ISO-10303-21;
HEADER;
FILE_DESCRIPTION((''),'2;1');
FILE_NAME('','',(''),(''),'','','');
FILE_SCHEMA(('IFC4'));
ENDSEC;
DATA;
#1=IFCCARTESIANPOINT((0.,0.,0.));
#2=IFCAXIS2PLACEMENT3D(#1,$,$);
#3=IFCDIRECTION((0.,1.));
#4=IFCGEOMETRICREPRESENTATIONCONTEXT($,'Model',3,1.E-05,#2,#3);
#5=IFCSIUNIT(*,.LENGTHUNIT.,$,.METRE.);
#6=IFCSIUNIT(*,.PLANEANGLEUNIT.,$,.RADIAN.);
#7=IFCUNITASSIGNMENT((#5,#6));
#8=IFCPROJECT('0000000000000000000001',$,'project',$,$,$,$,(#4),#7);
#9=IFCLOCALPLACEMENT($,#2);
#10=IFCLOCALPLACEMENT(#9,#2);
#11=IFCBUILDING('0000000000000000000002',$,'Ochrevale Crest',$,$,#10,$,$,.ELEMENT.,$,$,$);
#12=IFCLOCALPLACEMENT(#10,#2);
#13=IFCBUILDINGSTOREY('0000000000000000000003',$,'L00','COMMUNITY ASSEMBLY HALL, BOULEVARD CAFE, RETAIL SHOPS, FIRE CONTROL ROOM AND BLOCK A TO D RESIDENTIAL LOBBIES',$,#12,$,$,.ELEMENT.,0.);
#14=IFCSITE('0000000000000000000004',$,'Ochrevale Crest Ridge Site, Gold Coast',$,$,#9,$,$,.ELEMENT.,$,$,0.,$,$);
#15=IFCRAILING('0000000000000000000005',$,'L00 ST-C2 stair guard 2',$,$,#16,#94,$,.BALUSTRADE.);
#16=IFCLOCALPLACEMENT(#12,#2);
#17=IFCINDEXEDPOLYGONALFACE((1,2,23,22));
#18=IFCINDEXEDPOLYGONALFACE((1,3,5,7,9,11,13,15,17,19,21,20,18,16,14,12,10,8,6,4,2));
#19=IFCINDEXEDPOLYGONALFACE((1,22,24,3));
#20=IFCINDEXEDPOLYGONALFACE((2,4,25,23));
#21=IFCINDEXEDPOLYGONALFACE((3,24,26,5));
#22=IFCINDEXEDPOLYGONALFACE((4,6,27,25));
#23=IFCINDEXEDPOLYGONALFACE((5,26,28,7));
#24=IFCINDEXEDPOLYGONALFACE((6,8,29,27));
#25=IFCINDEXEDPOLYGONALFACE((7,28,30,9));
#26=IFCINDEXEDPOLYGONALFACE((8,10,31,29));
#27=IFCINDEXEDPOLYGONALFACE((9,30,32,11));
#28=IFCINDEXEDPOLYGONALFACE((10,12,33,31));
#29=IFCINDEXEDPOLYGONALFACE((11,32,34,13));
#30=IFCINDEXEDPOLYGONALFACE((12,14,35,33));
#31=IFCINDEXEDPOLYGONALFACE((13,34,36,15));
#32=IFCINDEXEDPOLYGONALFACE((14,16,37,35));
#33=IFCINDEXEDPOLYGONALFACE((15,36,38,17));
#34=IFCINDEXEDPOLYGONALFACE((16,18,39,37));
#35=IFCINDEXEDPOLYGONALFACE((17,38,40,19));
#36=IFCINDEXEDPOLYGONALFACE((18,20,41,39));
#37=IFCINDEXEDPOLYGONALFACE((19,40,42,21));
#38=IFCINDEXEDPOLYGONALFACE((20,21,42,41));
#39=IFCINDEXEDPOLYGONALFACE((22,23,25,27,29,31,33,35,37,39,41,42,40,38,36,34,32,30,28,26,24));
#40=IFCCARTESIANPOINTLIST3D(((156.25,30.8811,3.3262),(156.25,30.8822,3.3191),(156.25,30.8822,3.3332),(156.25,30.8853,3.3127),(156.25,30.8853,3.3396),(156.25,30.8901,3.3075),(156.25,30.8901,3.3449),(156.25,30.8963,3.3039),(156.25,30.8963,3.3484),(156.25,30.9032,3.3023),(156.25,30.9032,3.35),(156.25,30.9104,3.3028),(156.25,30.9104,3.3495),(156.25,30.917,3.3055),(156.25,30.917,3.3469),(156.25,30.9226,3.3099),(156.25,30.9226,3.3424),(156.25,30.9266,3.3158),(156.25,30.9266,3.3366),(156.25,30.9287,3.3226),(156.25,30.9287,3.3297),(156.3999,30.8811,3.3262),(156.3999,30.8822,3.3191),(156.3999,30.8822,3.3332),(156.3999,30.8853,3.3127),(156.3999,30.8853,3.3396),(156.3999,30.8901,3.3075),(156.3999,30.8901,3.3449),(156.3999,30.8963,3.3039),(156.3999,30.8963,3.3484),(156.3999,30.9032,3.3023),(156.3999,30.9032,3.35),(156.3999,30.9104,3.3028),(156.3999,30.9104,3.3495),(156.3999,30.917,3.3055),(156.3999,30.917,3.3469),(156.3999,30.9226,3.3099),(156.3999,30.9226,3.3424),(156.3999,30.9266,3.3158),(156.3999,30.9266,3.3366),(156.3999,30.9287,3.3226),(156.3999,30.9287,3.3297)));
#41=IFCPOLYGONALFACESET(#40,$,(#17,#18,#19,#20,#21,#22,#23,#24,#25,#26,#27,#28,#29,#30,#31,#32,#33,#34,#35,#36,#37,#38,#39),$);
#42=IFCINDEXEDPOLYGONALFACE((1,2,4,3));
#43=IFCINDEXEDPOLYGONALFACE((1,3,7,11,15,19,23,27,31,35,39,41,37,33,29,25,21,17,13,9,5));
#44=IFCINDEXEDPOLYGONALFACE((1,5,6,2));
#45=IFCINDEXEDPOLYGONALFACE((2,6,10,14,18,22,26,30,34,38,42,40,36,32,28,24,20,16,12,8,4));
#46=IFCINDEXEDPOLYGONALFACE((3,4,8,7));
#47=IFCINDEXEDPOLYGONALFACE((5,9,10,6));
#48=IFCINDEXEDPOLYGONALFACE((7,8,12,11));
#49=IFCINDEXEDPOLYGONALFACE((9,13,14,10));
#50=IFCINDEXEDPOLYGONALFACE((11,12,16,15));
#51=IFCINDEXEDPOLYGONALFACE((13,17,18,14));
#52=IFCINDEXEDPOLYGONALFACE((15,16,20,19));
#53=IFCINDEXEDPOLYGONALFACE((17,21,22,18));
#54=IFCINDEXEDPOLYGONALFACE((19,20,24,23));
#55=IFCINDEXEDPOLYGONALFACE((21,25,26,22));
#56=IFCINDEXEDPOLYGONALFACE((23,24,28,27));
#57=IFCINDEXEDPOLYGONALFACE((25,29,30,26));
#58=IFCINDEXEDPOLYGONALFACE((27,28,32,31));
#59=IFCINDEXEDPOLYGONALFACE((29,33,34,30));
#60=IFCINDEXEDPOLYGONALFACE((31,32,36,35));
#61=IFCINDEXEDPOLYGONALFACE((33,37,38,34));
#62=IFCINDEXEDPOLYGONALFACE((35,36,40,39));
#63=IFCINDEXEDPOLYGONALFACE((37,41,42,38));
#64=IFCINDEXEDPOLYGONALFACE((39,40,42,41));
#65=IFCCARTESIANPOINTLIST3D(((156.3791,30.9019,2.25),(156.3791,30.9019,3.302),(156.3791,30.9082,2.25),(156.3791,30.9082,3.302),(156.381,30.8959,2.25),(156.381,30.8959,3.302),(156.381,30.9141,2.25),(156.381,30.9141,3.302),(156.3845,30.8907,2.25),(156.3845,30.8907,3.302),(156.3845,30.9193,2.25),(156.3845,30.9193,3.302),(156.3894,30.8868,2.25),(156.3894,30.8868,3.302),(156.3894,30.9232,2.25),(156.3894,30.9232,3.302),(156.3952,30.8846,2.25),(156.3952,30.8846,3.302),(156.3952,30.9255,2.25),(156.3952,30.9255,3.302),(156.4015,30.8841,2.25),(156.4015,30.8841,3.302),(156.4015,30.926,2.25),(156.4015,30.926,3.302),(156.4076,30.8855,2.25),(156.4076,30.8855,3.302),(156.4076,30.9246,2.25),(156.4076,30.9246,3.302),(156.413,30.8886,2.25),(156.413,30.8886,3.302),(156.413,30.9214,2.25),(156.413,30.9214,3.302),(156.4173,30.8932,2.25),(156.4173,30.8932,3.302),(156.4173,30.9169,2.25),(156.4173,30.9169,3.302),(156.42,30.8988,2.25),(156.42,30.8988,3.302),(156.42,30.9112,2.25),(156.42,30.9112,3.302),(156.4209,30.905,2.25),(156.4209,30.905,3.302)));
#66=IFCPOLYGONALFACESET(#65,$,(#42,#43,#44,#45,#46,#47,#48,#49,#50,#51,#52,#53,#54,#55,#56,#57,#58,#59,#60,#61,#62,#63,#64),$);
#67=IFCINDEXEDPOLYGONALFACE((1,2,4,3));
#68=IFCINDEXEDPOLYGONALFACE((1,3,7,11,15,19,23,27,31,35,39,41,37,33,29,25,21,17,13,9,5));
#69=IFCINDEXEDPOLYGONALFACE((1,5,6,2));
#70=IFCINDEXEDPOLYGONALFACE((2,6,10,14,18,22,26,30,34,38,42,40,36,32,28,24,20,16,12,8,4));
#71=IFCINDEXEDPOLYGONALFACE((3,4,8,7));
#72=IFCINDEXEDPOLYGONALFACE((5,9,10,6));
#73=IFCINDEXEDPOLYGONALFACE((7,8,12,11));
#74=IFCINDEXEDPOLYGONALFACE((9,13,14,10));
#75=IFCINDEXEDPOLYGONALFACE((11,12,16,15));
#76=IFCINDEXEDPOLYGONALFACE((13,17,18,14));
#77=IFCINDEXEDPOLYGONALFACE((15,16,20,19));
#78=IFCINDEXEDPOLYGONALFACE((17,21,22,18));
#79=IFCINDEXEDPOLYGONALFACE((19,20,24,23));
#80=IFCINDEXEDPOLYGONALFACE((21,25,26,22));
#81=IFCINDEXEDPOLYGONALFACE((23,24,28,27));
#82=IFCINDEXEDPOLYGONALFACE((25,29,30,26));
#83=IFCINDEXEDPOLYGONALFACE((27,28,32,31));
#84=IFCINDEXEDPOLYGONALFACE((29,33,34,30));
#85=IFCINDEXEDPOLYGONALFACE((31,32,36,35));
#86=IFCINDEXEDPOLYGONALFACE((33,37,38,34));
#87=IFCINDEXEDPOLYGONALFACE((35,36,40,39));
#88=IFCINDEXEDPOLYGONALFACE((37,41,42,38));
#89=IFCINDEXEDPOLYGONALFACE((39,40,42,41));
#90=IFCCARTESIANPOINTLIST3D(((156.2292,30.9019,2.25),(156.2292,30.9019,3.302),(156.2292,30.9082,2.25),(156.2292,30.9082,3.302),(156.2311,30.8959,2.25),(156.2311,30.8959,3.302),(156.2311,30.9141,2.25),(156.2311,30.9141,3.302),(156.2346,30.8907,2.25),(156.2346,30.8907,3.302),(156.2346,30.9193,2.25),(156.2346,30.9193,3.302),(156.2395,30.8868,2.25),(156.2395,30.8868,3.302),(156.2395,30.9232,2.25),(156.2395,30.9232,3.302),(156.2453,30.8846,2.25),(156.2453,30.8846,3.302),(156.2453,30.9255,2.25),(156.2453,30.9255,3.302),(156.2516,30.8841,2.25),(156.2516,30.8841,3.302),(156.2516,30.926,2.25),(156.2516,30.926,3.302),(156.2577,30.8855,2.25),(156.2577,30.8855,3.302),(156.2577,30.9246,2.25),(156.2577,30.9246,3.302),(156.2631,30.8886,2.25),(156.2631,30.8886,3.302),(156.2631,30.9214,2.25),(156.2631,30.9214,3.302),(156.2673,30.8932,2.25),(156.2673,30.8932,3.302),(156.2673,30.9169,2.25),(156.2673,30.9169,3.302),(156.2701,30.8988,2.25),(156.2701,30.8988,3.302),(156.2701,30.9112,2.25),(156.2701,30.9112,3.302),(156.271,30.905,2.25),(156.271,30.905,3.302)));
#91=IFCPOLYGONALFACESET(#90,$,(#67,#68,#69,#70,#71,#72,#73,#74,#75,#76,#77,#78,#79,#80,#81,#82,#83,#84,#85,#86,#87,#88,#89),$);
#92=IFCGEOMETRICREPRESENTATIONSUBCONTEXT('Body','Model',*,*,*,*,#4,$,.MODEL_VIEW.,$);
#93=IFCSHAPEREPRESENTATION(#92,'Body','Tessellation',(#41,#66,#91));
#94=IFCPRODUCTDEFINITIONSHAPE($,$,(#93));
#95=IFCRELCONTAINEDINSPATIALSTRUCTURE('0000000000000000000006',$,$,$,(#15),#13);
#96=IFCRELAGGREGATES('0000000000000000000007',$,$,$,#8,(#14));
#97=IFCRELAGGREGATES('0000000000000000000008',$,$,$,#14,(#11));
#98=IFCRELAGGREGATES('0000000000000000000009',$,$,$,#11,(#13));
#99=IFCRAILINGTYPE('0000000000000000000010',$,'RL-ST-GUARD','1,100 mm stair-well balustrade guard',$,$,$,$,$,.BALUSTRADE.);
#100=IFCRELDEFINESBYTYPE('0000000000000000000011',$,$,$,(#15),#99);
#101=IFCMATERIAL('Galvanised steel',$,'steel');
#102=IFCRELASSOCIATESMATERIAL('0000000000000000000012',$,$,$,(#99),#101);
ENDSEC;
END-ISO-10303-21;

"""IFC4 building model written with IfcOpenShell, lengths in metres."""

from ifc_helpers import new_model, si_unit, direction, frame, origin, origin_2d, place, context, subcontext, project, spatial, circle, extrude, material, type_object, element, save


model = new_model("IFC4")

# Units and contexts
model_context = context("Model", 3, precision=1e-05, world=origin(), true_north=direction((0.0, 1.0)))
body_context = subcontext(model_context, "Body", "Model", "MODEL_VIEW")
ifc_project = project(units=[si_unit("LENGTHUNIT", "METRE"), si_unit("PLANEANGLEUNIT", "RADIAN")], contexts=[model_context])

# Site, building, storey
site_placement = place(None, origin())
site = spatial("IfcSite", under=ifc_project, at=site_placement, Name="Ochrevale Crest Ridge Site, Gold Coast", CompositionType="ELEMENT", RefElevation=0.0)
building_placement = place(site_placement, origin())
building = spatial("IfcBuilding", under=site, at=building_placement, Name="Ochrevale Crest", CompositionType="ELEMENT")
storey_placement = place(building_placement, origin())
storey = spatial("IfcBuildingStorey", under=building, at=storey_placement, Name="L00", Description="COMMUNITY ASSEMBLY HALL, BOULEVARD CAFE, RETAIL SHOPS, FIRE CONTROL ROOM AND BLOCK A TO D RESIDENTIAL LOBBIES", CompositionType="ELEMENT", Elevation=0.0)

# Railing
ifc_material_1 = material(Name="Galvanised steel", Category="steel")
railing_type_1 = type_object("IfcRailingType", Name="RL-ST-GUARD", Description="1,100 mm stair-well balustrade guard", PredefinedType="BALUSTRADE", material=ifc_material_1)
railing_1_placement = place(storey_placement, frame((156.3999, 30.905, 2.25)))
element("IfcRailing", 1, at=railing_1_placement, inside=storey, type_object=railing_type_1, Name="L00 ST-C2 stair guard 2", PredefinedType="BALUSTRADE", context=body_context, shape_type="SweptSolid", body=[
    extrude(circle(Radius=0.0239, at=origin_2d()), frame((0.0, 0.0, 1.0762), z_axis=(-1.0, 0.0, 0.0), x_axis=(0.0, -1.0, 0.0)), (0.0, 0.0, 1.0), 0.1499),
    extrude(circle(Radius=0.021, at=origin_2d()), origin(), (0.0, 0.0, 1.0), 1.052),
    extrude(circle(Radius=0.021, at=origin_2d()), frame((-0.1499, 0.0, 0.0)), (0.0, 0.0, 1.0), 1.052),
])

save(model, "model.ifc")
